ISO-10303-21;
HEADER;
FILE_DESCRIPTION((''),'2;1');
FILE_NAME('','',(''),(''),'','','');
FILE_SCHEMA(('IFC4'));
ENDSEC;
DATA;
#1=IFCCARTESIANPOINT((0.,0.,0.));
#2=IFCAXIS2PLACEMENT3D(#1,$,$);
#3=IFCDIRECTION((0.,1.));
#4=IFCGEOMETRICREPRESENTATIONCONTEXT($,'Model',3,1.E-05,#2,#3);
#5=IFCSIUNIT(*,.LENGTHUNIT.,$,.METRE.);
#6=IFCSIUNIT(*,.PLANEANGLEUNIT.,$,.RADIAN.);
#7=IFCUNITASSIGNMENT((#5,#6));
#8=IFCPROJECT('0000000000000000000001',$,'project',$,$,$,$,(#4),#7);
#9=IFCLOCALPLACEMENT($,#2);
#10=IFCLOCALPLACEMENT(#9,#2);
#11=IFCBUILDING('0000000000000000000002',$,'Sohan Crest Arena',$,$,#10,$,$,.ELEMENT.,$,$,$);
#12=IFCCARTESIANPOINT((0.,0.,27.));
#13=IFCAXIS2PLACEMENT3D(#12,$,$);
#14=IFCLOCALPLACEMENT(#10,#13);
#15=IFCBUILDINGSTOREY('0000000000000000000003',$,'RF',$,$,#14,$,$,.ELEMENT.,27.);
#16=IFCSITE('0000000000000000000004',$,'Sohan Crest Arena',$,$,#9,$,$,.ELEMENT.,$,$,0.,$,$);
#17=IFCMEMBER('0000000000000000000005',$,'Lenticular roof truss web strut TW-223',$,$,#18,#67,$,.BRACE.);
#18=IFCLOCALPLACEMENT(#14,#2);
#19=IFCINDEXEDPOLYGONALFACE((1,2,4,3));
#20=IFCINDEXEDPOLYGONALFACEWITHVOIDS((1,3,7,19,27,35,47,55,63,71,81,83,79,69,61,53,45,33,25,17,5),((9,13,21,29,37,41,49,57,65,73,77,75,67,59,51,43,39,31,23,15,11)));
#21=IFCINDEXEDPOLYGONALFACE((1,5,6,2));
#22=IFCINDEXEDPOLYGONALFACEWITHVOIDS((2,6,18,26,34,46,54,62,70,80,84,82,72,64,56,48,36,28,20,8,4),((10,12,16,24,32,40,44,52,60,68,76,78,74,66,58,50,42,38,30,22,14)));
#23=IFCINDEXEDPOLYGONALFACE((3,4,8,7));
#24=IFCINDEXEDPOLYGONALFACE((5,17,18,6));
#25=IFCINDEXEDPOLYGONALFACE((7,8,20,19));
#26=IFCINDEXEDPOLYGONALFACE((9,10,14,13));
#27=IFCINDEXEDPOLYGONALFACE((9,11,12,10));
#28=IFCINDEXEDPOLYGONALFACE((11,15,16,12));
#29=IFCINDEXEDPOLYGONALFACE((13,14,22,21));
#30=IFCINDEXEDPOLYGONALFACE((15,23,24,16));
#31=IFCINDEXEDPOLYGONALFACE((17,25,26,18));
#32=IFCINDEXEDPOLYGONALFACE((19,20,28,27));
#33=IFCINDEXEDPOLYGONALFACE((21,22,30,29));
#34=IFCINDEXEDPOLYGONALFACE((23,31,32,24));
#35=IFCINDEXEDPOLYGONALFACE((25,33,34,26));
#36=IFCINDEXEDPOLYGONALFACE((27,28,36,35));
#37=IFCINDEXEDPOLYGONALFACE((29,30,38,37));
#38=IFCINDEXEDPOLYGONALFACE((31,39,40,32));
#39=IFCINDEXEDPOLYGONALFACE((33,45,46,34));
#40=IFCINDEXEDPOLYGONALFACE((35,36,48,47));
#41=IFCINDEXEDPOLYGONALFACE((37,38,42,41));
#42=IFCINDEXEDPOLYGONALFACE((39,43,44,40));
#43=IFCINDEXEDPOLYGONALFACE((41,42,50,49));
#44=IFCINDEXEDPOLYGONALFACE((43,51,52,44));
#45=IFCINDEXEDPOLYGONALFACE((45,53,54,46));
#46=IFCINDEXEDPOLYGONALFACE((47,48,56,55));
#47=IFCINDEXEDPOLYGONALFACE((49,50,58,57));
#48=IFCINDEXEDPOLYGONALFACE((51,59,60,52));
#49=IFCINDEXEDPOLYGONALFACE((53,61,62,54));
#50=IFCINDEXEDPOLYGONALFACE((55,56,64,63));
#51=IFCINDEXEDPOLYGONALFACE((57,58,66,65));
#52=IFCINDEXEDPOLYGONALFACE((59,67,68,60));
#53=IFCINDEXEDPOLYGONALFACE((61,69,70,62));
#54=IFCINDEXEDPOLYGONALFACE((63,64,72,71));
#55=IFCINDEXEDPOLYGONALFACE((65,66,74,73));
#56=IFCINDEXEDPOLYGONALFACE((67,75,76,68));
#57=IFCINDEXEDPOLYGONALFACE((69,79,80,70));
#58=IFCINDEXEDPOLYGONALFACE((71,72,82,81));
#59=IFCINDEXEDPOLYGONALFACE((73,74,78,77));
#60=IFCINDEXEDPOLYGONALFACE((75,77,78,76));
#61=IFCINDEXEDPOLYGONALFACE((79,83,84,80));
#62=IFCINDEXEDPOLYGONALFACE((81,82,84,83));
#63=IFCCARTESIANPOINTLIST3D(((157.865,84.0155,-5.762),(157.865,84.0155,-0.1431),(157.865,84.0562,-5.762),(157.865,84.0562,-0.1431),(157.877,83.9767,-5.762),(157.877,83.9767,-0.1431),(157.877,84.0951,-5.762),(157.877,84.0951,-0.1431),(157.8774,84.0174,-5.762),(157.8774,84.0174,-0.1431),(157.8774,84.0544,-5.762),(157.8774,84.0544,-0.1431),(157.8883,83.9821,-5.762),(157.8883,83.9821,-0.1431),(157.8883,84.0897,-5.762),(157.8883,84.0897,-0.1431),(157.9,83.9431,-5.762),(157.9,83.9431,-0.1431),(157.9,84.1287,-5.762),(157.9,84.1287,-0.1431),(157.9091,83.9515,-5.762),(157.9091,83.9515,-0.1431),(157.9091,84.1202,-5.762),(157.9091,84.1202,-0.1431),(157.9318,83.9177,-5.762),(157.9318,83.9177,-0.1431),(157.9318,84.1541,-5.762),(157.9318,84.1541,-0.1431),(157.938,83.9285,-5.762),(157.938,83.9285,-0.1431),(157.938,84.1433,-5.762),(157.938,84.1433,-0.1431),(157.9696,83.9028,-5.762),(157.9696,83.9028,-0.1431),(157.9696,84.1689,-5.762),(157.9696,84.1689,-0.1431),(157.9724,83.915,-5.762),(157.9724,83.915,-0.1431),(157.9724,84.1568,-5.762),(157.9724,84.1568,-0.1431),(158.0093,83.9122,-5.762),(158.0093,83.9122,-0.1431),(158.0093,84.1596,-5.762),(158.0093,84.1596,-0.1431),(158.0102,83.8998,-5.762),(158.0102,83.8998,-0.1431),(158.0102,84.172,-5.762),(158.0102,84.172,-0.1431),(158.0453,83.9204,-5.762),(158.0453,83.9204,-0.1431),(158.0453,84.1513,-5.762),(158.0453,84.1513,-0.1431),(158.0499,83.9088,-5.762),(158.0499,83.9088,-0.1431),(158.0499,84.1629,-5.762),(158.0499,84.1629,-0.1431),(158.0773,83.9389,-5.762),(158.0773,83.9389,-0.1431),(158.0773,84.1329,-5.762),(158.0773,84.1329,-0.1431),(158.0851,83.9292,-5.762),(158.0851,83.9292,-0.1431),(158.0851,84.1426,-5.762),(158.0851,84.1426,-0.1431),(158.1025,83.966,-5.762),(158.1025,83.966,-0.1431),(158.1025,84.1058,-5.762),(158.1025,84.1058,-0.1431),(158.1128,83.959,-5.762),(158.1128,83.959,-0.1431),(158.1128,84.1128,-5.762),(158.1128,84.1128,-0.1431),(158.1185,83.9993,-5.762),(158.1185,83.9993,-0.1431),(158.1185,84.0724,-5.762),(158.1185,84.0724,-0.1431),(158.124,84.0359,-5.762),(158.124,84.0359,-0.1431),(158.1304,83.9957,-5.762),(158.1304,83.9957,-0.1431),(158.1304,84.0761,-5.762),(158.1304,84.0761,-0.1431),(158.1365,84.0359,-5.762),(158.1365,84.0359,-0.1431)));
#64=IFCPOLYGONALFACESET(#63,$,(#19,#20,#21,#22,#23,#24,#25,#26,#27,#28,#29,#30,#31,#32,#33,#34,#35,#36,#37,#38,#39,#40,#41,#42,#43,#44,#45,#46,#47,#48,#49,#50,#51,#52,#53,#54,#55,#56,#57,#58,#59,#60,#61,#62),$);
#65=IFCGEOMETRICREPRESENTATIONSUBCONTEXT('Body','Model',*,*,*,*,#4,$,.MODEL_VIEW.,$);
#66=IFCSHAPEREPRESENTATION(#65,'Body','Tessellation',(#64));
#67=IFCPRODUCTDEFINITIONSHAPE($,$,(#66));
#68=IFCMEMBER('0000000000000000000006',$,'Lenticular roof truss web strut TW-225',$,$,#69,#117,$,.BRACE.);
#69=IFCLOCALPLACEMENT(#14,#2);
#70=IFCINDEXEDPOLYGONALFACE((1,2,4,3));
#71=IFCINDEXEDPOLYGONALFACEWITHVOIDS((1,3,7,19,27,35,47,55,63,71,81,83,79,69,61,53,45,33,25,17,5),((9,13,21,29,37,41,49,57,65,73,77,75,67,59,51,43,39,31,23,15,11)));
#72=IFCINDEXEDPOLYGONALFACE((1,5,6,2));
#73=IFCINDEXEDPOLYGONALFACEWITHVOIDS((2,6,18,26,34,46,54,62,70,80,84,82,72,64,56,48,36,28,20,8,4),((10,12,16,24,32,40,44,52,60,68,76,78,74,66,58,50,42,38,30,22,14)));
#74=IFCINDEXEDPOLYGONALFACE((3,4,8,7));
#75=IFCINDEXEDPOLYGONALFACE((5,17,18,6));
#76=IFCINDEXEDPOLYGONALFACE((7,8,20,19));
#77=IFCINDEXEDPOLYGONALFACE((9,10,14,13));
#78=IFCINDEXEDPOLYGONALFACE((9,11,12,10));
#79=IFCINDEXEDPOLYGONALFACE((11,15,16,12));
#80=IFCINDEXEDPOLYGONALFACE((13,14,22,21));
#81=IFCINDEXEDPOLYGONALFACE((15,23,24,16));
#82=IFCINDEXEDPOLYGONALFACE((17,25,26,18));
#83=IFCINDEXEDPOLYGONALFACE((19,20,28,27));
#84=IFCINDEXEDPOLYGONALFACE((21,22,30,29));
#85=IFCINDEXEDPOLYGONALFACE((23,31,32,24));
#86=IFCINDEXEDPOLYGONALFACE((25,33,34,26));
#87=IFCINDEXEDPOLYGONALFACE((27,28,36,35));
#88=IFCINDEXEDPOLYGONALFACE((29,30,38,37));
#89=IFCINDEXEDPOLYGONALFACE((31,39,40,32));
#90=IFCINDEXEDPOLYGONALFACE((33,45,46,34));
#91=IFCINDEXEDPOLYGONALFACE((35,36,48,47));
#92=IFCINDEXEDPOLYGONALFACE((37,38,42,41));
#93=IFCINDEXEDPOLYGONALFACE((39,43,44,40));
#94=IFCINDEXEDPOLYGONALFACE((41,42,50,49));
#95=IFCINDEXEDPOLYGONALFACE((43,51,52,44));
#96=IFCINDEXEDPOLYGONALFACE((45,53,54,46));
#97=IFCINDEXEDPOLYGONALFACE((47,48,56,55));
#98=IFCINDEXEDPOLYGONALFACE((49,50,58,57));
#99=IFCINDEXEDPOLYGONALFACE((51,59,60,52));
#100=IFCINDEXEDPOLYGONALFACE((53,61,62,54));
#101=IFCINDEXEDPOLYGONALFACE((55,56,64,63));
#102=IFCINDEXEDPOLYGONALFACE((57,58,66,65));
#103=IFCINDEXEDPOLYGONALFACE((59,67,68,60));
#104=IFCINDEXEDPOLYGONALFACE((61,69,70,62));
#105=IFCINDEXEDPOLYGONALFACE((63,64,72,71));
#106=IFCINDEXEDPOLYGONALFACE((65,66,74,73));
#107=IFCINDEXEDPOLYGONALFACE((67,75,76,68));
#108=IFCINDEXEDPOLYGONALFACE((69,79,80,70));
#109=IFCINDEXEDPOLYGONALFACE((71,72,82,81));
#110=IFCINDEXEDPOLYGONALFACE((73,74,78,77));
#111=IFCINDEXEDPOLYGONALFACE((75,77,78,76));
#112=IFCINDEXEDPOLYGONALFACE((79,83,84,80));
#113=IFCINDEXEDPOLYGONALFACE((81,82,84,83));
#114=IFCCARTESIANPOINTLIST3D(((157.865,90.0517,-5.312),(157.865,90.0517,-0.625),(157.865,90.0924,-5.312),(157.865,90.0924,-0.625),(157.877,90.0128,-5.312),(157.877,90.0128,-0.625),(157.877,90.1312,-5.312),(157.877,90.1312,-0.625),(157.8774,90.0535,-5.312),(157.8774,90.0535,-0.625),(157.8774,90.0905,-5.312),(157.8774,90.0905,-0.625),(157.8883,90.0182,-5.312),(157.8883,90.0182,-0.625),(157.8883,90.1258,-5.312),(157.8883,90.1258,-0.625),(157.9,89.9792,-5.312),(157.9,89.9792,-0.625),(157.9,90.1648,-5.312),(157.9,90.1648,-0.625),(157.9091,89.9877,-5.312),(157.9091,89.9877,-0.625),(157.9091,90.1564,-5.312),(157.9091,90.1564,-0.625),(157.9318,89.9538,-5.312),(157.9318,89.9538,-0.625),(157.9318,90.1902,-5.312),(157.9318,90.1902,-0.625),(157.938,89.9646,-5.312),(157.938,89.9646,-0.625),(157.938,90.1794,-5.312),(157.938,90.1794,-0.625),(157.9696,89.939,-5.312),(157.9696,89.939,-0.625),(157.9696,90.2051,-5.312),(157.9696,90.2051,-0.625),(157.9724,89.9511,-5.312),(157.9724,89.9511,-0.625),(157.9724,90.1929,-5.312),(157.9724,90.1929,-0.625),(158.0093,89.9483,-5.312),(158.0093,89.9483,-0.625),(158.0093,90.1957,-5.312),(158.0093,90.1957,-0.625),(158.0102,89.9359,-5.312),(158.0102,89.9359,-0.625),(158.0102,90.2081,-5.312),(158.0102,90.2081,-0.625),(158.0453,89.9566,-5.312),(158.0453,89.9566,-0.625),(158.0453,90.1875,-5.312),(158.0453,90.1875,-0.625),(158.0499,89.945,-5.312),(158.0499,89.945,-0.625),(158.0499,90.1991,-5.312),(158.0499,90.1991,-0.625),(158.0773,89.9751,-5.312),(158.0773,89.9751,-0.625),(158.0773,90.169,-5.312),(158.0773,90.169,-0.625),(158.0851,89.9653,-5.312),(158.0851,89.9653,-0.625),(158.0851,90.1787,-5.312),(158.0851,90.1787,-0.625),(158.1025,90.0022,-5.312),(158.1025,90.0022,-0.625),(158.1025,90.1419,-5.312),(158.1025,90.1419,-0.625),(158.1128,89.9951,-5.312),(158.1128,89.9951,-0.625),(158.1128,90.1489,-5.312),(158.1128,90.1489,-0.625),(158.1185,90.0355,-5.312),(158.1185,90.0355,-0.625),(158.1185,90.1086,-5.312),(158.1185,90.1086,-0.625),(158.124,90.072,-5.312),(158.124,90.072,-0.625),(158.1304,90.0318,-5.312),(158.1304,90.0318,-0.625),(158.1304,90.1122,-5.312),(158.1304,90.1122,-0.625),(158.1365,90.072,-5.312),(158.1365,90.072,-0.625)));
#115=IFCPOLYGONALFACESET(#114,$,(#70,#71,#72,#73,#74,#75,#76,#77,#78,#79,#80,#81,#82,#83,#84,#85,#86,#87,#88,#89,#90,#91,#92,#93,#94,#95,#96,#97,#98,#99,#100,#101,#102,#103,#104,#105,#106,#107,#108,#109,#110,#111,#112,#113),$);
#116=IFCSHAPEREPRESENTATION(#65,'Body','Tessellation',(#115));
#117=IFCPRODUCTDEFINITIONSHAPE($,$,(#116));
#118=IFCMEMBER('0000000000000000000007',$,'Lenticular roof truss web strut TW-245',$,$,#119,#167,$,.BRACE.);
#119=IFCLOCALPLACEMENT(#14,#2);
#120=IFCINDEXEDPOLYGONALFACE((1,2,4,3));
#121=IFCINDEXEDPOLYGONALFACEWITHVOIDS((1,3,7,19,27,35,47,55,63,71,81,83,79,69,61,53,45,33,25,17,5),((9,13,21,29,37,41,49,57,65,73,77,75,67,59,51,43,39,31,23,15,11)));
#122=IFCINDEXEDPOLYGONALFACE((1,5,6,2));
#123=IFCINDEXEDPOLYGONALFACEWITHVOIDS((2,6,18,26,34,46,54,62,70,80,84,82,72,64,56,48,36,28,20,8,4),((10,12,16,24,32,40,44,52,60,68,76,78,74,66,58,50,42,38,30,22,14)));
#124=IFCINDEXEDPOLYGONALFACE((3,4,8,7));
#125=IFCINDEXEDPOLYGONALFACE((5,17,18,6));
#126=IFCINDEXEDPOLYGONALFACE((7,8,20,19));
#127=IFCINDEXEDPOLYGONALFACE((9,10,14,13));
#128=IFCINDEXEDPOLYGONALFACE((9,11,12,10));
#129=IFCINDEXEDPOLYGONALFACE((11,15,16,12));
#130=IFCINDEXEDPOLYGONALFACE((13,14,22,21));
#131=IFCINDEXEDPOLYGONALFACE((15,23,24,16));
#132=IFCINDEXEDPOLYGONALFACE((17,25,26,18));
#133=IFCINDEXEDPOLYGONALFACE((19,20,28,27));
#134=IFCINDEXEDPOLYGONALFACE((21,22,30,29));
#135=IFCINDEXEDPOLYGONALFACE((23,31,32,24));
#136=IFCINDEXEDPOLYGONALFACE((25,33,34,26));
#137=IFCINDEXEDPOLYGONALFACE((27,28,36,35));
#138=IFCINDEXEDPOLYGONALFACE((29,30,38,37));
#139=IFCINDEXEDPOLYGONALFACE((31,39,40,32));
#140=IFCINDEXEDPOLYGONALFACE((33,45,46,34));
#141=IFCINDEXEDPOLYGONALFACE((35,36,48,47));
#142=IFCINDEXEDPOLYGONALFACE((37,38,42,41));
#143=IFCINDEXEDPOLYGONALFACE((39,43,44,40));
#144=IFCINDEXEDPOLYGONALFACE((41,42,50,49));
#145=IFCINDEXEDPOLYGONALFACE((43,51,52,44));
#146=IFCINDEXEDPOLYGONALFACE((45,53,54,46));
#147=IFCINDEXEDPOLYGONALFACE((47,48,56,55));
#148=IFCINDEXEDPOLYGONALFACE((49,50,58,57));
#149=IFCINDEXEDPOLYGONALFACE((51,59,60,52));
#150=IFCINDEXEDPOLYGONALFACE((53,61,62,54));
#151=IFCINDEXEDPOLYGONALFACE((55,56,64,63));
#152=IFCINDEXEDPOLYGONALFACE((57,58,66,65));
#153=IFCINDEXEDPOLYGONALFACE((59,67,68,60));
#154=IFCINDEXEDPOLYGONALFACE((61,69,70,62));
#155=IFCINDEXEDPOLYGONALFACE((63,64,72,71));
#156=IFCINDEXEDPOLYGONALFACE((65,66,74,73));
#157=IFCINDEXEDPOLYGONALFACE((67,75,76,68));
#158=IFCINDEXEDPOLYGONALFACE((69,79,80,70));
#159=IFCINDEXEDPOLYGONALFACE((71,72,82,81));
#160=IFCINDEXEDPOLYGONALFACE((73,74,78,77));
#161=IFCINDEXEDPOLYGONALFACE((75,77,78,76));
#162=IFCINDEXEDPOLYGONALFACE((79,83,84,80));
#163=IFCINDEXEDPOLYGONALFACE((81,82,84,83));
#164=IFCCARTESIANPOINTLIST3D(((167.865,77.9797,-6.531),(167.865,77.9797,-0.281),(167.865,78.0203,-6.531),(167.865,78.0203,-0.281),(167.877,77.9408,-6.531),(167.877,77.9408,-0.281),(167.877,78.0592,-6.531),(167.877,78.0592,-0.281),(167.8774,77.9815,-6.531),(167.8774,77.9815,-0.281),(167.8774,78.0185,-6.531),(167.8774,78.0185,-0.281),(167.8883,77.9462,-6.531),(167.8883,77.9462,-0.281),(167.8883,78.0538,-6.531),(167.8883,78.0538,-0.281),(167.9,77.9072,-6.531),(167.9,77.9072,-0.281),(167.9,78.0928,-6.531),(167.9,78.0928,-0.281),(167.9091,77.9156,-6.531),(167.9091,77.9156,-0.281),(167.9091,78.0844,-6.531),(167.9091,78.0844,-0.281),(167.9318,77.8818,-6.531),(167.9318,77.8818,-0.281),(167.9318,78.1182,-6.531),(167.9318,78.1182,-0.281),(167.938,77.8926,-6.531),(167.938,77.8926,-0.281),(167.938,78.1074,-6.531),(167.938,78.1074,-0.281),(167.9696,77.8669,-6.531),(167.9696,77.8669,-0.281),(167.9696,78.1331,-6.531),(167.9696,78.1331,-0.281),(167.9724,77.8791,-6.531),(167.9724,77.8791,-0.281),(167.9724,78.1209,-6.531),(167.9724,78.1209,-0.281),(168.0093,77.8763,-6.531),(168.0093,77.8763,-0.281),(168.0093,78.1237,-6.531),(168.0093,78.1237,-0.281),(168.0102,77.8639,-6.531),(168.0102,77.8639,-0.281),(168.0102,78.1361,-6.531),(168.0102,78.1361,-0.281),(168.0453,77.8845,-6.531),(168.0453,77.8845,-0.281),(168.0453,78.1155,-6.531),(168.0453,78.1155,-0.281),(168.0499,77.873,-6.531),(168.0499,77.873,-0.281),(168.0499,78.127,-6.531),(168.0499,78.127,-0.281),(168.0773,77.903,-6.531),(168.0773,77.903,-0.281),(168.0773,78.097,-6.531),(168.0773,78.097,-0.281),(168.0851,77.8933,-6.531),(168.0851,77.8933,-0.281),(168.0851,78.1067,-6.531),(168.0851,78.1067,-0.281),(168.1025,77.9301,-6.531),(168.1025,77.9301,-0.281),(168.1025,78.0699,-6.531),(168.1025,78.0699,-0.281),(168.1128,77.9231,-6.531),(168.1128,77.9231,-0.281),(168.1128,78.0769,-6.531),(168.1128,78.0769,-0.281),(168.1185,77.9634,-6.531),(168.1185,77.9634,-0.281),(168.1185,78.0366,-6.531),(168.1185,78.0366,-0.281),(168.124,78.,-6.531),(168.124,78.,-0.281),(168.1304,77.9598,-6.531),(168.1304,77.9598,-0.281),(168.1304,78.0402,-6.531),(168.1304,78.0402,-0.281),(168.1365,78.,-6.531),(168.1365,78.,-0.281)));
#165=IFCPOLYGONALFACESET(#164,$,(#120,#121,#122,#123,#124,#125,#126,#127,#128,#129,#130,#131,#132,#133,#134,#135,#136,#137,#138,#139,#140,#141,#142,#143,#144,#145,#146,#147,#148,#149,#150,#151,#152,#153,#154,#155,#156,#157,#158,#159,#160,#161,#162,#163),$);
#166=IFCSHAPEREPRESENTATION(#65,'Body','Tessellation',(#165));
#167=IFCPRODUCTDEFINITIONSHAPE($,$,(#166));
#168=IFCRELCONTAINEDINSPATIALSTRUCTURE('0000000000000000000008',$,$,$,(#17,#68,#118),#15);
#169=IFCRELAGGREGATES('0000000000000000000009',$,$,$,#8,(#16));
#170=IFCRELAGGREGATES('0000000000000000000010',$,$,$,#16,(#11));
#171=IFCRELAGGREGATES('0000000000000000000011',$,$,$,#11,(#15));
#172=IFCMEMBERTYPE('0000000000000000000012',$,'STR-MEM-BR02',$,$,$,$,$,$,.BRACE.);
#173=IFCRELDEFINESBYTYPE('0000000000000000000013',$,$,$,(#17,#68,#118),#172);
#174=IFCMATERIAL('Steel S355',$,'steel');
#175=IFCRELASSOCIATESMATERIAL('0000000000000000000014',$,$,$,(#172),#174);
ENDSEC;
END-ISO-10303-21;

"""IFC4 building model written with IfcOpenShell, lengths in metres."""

from ifc_helpers import new_model, si_unit, direction, frame, origin, origin_2d, place, context, subcontext, project, spatial, hollow_circle, extrude, material, material_profile, profile_set, type_object, element, save


model = new_model("IFC4")

# Units and contexts
model_context = context("Model", 3, precision=1e-05, world=origin(), true_north=direction((0.0, 1.0)))
body_context = subcontext(model_context, "Body", "Model", "MODEL_VIEW")
ifc_project = project(units=[si_unit("LENGTHUNIT", "METRE"), si_unit("PLANEANGLEUNIT", "RADIAN")], contexts=[model_context])

# Site, building, storey
site_placement = place(None, origin())
site = spatial("IfcSite", under=ifc_project, at=site_placement, Name="Sohan Crest Arena", CompositionType="ELEMENT", RefElevation=0.0)
building_placement = place(site_placement, origin())
building = spatial("IfcBuilding", under=site, at=building_placement, Name="Sohan Crest Arena", CompositionType="ELEMENT")
storey_placement = place(building_placement, frame((0.0, 0.0, 27.0)))
storey = spatial("IfcBuildingStorey", under=building, at=storey_placement, Name="RF", CompositionType="ELEMENT", Elevation=27.0)

# Shared definitions
ifc_material_1 = material(Name="Steel S355", Category="steel")

# Members
ifc_material_profile_1 = material_profile(ifc_material_1, hollow_circle(Radius=0.1365, WallThickness=0.0125, at=origin_2d()), Name="CHS 273x12.5")
ifc_profile_set_1 = profile_set([ifc_material_profile_1], Name="Steel S355")
member_type_1 = type_object("IfcMemberType", Name="STR-MEM-BR02", PredefinedType="BRACE", material=ifc_profile_set_1)
member_1_placement = place(storey_placement, frame((158.0, 84.0359, -5.762), z_axis=(0.0, 0.0, 1.0), x_axis=(1.0, 0.0, 0.0)))
element("IfcMember", 1, at=member_1_placement, inside=storey, type_object=member_type_1, Name="Lenticular roof truss web strut TW-223", PredefinedType="BRACE", context=body_context, shape_type="SweptSolid", body=[
    extrude(hollow_circle(Radius=0.1365, WallThickness=0.0125, at=origin_2d()), origin(), (0.0, 0.0, 1.0), 5.6189),
])
member_2_placement = place(storey_placement, frame((158.0, 90.072, -5.312), z_axis=(0.0, 0.0, 1.0), x_axis=(1.0, 0.0, 0.0)))
element("IfcMember", 2, at=member_2_placement, inside=storey, type_object=member_type_1, Name="Lenticular roof truss web strut TW-225", PredefinedType="BRACE", context=body_context, shape_type="SweptSolid", body=[
    extrude(hollow_circle(Radius=0.1365, WallThickness=0.0125, at=origin_2d()), origin(), (0.0, 0.0, 1.0), 4.687),
])
member_3_placement = place(storey_placement, frame((168.0, 78.0, -6.531), z_axis=(0.0, 0.0, 1.0), x_axis=(1.0, 0.0, 0.0)))
element("IfcMember", 3, at=member_3_placement, inside=storey, type_object=member_type_1, Name="Lenticular roof truss web strut TW-245", PredefinedType="BRACE", context=body_context, shape_type="SweptSolid", body=[
    extrude(hollow_circle(Radius=0.1365, WallThickness=0.0125, at=origin_2d()), origin(), (0.0, 0.0, 1.0), 6.25),
])

save(model, "model.ifc")
